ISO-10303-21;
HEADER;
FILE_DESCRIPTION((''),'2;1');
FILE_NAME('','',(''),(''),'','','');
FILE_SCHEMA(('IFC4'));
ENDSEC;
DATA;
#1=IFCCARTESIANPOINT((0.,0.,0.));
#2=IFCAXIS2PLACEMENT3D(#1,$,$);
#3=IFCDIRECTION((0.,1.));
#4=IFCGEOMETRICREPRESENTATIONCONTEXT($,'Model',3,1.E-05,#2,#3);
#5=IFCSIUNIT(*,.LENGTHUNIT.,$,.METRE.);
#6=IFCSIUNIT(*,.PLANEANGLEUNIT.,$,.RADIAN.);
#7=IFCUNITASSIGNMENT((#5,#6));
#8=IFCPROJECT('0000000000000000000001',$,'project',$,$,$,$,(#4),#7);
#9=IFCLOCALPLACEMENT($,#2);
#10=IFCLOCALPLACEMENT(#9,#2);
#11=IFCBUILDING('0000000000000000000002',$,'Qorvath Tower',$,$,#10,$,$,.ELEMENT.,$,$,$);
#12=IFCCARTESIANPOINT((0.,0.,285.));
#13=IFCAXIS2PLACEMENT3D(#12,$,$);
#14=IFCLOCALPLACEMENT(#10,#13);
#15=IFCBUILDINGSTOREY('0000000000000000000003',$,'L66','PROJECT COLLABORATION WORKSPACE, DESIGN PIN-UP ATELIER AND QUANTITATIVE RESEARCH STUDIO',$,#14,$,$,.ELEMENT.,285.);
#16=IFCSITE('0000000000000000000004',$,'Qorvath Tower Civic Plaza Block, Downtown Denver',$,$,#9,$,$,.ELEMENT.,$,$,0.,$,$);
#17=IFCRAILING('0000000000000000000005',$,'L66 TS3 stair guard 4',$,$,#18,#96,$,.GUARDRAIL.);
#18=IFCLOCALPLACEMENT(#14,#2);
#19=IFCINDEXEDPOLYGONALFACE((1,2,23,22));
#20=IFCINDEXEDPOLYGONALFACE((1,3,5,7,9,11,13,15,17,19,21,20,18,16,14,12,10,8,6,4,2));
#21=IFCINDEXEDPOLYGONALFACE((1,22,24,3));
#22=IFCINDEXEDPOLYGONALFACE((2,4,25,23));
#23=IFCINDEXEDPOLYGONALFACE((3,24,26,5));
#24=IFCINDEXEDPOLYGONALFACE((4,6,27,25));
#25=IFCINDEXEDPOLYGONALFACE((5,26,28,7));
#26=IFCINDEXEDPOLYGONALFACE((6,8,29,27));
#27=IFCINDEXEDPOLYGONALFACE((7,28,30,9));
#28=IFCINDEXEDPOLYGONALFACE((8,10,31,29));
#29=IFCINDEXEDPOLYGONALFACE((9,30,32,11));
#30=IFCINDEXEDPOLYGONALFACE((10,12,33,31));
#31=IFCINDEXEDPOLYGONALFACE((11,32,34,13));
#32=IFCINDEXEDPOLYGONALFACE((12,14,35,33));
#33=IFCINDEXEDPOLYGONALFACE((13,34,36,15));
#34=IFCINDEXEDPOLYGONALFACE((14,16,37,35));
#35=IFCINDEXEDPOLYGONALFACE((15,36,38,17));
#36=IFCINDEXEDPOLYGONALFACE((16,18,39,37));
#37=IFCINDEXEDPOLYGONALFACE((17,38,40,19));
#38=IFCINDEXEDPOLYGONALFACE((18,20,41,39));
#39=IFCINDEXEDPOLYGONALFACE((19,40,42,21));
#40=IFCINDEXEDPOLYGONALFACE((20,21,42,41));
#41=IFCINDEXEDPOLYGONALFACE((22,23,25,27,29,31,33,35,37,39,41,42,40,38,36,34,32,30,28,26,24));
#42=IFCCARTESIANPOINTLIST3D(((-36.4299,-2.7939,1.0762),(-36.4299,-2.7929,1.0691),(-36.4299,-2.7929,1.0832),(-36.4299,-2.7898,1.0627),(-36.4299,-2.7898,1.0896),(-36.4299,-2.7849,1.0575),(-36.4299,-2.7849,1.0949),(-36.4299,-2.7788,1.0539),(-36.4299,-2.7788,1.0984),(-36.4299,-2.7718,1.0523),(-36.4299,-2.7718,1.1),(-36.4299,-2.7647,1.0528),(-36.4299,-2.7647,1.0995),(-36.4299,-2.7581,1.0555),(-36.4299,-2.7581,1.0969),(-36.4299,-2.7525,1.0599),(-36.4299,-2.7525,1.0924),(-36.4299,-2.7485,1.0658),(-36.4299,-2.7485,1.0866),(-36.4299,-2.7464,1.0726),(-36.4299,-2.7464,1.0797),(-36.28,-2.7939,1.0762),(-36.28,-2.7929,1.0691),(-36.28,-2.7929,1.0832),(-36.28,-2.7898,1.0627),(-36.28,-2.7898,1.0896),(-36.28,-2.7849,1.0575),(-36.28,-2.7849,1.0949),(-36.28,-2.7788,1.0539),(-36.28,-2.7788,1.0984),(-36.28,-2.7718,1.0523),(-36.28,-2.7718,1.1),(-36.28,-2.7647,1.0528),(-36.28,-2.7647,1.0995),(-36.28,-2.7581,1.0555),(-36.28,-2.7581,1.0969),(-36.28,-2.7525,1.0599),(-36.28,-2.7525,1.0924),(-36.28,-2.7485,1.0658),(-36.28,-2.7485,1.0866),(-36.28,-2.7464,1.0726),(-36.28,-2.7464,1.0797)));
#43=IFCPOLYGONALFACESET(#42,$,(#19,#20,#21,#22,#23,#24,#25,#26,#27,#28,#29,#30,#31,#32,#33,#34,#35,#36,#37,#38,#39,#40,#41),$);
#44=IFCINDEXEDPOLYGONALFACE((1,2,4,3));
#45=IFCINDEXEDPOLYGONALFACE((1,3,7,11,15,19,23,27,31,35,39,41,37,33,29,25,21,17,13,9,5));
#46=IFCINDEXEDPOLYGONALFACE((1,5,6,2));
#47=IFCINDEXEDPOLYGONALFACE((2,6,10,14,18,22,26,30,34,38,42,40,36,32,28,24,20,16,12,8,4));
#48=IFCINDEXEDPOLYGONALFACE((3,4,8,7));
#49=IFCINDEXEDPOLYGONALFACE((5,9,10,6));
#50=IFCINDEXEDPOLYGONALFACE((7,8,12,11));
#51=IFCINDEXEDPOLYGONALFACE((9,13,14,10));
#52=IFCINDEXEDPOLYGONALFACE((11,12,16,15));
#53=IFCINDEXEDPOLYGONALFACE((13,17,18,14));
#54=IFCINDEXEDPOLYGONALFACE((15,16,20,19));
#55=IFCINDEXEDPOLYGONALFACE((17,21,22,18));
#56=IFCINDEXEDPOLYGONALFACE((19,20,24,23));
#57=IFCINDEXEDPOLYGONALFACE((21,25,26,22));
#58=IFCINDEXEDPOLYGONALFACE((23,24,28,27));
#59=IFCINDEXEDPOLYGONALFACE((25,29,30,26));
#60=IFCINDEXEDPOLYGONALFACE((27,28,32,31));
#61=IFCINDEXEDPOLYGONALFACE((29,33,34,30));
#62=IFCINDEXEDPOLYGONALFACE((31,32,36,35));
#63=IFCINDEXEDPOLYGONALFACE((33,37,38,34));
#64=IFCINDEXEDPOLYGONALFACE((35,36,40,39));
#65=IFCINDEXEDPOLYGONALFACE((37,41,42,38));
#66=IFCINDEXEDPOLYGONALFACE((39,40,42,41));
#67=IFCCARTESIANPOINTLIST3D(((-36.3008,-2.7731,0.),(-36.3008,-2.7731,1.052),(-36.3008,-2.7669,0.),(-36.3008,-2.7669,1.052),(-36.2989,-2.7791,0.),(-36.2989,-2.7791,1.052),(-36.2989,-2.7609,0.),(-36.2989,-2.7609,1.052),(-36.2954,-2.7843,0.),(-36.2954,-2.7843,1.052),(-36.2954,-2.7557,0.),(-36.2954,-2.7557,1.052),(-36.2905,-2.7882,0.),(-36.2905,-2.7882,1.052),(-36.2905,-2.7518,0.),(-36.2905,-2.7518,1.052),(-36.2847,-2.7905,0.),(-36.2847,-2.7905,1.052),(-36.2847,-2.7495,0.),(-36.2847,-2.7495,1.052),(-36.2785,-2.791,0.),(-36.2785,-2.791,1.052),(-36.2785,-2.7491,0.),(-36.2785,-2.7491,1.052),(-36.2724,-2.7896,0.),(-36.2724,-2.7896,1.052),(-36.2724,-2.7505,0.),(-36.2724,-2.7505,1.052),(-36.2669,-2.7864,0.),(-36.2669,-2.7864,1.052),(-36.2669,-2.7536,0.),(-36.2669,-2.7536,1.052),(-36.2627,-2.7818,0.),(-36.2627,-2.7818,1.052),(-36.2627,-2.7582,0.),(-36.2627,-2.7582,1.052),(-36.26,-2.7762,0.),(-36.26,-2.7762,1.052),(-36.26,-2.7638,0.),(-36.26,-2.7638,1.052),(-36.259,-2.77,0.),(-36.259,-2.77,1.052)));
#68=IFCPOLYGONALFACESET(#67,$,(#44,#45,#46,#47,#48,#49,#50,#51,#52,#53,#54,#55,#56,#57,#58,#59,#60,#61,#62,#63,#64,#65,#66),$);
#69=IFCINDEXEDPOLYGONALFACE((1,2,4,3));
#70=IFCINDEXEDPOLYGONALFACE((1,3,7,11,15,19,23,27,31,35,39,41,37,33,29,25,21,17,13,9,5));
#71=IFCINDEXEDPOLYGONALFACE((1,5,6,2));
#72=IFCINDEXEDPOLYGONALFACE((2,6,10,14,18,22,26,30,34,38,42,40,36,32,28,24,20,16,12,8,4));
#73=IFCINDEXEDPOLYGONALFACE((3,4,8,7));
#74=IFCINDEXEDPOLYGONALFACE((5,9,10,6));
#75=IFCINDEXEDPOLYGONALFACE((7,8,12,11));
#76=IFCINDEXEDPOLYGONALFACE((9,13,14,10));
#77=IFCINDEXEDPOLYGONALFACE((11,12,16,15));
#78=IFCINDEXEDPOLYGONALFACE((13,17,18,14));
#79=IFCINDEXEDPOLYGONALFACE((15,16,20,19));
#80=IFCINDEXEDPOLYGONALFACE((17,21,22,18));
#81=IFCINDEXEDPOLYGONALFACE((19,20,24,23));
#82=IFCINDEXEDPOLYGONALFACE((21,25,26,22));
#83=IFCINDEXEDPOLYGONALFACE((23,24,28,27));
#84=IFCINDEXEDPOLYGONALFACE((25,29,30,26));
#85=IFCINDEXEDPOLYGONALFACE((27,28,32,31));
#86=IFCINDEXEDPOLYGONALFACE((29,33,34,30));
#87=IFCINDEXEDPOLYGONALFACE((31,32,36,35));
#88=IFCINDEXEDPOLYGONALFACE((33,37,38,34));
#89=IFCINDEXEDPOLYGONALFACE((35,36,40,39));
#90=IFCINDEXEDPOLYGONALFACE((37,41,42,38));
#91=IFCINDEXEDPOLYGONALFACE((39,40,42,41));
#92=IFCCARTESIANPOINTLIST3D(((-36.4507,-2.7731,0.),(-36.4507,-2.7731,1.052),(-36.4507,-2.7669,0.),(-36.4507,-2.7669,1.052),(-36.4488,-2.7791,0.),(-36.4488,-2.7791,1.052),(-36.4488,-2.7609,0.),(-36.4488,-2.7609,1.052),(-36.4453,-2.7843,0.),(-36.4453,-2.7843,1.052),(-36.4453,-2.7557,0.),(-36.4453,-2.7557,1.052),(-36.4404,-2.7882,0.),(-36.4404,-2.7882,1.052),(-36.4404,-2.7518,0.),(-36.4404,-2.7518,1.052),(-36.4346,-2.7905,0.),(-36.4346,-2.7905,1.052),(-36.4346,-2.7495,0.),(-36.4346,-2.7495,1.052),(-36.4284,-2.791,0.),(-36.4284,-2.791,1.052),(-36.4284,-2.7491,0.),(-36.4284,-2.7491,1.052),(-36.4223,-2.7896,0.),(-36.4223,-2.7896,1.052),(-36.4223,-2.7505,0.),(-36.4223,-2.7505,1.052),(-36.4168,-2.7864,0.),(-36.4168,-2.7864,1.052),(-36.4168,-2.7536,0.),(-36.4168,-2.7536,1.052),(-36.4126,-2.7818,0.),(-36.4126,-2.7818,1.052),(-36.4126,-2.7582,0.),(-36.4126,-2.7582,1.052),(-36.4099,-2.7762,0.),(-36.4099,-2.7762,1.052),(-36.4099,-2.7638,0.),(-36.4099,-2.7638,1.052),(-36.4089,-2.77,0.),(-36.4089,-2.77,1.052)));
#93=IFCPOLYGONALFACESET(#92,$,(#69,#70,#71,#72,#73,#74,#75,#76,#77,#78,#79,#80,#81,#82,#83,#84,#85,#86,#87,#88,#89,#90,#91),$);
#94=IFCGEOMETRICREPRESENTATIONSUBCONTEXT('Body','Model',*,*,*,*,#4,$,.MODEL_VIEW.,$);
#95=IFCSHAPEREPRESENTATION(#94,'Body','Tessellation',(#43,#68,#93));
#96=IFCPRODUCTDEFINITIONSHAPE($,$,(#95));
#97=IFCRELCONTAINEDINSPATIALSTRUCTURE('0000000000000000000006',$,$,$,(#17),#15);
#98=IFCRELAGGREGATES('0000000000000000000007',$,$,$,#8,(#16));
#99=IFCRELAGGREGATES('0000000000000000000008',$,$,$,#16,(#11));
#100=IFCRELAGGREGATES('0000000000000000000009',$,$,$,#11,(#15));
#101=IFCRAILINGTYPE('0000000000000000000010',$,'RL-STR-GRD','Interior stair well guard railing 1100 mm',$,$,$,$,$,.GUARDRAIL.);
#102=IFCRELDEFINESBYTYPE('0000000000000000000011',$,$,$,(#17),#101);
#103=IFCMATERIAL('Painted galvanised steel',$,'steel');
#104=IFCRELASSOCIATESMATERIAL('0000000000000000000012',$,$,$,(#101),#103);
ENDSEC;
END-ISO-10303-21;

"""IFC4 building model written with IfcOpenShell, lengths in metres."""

from ifc_helpers import new_model, si_unit, direction, frame, origin, origin_2d, place, context, subcontext, project, spatial, circle, extrude, material, type_object, element, save


model = new_model("IFC4")

# Units and contexts
model_context = context("Model", 3, precision=1e-05, world=origin(), true_north=direction((0.0, 1.0)))
body_context = subcontext(model_context, "Body", "Model", "MODEL_VIEW")
ifc_project = project(units=[si_unit("LENGTHUNIT", "METRE"), si_unit("PLANEANGLEUNIT", "RADIAN")], contexts=[model_context])

# Site, building, storey
site_placement = place(None, origin())
site = spatial("IfcSite", under=ifc_project, at=site_placement, Name="Qorvath Tower Civic Plaza Block, Downtown Denver", CompositionType="ELEMENT", RefElevation=0.0)
building_placement = place(site_placement, origin())
building = spatial("IfcBuilding", under=site, at=building_placement, Name="Qorvath Tower", CompositionType="ELEMENT")
storey_placement = place(building_placement, frame((0.0, 0.0, 285.0)))
storey = spatial("IfcBuildingStorey", under=building, at=storey_placement, Name="L66", Description="PROJECT COLLABORATION WORKSPACE, DESIGN PIN-UP ATELIER AND QUANTITATIVE RESEARCH STUDIO", CompositionType="ELEMENT", Elevation=285.0)

# Railing
ifc_material_1 = material(Name="Painted galvanised steel", Category="steel")
railing_type_1 = type_object("IfcRailingType", Name="RL-STR-GRD", Description="Interior stair well guard railing 1100 mm", PredefinedType="GUARDRAIL", material=ifc_material_1)
railing_1_placement = place(storey_placement, frame((-36.28, -2.77, 0.0)))
element("IfcRailing", 1, at=railing_1_placement, inside=storey, type_object=railing_type_1, Name="L66 TS3 stair guard 4", PredefinedType="GUARDRAIL", context=body_context, shape_type="SweptSolid", body=[
    extrude(circle(Radius=0.0239, at=origin_2d()), frame((0.0, 0.0, 1.0762), z_axis=(-1.0, 0.0, 0.0), x_axis=(0.0, -1.0, 0.0)), (0.0, 0.0, 1.0), 0.1499),
    extrude(circle(Radius=0.021, at=origin_2d()), origin(), (0.0, 0.0, 1.0), 1.052),
    extrude(circle(Radius=0.021, at=origin_2d()), frame((-0.1499, 0.0, 0.0)), (0.0, 0.0, 1.0), 1.052),
])

save(model, "model.ifc")
